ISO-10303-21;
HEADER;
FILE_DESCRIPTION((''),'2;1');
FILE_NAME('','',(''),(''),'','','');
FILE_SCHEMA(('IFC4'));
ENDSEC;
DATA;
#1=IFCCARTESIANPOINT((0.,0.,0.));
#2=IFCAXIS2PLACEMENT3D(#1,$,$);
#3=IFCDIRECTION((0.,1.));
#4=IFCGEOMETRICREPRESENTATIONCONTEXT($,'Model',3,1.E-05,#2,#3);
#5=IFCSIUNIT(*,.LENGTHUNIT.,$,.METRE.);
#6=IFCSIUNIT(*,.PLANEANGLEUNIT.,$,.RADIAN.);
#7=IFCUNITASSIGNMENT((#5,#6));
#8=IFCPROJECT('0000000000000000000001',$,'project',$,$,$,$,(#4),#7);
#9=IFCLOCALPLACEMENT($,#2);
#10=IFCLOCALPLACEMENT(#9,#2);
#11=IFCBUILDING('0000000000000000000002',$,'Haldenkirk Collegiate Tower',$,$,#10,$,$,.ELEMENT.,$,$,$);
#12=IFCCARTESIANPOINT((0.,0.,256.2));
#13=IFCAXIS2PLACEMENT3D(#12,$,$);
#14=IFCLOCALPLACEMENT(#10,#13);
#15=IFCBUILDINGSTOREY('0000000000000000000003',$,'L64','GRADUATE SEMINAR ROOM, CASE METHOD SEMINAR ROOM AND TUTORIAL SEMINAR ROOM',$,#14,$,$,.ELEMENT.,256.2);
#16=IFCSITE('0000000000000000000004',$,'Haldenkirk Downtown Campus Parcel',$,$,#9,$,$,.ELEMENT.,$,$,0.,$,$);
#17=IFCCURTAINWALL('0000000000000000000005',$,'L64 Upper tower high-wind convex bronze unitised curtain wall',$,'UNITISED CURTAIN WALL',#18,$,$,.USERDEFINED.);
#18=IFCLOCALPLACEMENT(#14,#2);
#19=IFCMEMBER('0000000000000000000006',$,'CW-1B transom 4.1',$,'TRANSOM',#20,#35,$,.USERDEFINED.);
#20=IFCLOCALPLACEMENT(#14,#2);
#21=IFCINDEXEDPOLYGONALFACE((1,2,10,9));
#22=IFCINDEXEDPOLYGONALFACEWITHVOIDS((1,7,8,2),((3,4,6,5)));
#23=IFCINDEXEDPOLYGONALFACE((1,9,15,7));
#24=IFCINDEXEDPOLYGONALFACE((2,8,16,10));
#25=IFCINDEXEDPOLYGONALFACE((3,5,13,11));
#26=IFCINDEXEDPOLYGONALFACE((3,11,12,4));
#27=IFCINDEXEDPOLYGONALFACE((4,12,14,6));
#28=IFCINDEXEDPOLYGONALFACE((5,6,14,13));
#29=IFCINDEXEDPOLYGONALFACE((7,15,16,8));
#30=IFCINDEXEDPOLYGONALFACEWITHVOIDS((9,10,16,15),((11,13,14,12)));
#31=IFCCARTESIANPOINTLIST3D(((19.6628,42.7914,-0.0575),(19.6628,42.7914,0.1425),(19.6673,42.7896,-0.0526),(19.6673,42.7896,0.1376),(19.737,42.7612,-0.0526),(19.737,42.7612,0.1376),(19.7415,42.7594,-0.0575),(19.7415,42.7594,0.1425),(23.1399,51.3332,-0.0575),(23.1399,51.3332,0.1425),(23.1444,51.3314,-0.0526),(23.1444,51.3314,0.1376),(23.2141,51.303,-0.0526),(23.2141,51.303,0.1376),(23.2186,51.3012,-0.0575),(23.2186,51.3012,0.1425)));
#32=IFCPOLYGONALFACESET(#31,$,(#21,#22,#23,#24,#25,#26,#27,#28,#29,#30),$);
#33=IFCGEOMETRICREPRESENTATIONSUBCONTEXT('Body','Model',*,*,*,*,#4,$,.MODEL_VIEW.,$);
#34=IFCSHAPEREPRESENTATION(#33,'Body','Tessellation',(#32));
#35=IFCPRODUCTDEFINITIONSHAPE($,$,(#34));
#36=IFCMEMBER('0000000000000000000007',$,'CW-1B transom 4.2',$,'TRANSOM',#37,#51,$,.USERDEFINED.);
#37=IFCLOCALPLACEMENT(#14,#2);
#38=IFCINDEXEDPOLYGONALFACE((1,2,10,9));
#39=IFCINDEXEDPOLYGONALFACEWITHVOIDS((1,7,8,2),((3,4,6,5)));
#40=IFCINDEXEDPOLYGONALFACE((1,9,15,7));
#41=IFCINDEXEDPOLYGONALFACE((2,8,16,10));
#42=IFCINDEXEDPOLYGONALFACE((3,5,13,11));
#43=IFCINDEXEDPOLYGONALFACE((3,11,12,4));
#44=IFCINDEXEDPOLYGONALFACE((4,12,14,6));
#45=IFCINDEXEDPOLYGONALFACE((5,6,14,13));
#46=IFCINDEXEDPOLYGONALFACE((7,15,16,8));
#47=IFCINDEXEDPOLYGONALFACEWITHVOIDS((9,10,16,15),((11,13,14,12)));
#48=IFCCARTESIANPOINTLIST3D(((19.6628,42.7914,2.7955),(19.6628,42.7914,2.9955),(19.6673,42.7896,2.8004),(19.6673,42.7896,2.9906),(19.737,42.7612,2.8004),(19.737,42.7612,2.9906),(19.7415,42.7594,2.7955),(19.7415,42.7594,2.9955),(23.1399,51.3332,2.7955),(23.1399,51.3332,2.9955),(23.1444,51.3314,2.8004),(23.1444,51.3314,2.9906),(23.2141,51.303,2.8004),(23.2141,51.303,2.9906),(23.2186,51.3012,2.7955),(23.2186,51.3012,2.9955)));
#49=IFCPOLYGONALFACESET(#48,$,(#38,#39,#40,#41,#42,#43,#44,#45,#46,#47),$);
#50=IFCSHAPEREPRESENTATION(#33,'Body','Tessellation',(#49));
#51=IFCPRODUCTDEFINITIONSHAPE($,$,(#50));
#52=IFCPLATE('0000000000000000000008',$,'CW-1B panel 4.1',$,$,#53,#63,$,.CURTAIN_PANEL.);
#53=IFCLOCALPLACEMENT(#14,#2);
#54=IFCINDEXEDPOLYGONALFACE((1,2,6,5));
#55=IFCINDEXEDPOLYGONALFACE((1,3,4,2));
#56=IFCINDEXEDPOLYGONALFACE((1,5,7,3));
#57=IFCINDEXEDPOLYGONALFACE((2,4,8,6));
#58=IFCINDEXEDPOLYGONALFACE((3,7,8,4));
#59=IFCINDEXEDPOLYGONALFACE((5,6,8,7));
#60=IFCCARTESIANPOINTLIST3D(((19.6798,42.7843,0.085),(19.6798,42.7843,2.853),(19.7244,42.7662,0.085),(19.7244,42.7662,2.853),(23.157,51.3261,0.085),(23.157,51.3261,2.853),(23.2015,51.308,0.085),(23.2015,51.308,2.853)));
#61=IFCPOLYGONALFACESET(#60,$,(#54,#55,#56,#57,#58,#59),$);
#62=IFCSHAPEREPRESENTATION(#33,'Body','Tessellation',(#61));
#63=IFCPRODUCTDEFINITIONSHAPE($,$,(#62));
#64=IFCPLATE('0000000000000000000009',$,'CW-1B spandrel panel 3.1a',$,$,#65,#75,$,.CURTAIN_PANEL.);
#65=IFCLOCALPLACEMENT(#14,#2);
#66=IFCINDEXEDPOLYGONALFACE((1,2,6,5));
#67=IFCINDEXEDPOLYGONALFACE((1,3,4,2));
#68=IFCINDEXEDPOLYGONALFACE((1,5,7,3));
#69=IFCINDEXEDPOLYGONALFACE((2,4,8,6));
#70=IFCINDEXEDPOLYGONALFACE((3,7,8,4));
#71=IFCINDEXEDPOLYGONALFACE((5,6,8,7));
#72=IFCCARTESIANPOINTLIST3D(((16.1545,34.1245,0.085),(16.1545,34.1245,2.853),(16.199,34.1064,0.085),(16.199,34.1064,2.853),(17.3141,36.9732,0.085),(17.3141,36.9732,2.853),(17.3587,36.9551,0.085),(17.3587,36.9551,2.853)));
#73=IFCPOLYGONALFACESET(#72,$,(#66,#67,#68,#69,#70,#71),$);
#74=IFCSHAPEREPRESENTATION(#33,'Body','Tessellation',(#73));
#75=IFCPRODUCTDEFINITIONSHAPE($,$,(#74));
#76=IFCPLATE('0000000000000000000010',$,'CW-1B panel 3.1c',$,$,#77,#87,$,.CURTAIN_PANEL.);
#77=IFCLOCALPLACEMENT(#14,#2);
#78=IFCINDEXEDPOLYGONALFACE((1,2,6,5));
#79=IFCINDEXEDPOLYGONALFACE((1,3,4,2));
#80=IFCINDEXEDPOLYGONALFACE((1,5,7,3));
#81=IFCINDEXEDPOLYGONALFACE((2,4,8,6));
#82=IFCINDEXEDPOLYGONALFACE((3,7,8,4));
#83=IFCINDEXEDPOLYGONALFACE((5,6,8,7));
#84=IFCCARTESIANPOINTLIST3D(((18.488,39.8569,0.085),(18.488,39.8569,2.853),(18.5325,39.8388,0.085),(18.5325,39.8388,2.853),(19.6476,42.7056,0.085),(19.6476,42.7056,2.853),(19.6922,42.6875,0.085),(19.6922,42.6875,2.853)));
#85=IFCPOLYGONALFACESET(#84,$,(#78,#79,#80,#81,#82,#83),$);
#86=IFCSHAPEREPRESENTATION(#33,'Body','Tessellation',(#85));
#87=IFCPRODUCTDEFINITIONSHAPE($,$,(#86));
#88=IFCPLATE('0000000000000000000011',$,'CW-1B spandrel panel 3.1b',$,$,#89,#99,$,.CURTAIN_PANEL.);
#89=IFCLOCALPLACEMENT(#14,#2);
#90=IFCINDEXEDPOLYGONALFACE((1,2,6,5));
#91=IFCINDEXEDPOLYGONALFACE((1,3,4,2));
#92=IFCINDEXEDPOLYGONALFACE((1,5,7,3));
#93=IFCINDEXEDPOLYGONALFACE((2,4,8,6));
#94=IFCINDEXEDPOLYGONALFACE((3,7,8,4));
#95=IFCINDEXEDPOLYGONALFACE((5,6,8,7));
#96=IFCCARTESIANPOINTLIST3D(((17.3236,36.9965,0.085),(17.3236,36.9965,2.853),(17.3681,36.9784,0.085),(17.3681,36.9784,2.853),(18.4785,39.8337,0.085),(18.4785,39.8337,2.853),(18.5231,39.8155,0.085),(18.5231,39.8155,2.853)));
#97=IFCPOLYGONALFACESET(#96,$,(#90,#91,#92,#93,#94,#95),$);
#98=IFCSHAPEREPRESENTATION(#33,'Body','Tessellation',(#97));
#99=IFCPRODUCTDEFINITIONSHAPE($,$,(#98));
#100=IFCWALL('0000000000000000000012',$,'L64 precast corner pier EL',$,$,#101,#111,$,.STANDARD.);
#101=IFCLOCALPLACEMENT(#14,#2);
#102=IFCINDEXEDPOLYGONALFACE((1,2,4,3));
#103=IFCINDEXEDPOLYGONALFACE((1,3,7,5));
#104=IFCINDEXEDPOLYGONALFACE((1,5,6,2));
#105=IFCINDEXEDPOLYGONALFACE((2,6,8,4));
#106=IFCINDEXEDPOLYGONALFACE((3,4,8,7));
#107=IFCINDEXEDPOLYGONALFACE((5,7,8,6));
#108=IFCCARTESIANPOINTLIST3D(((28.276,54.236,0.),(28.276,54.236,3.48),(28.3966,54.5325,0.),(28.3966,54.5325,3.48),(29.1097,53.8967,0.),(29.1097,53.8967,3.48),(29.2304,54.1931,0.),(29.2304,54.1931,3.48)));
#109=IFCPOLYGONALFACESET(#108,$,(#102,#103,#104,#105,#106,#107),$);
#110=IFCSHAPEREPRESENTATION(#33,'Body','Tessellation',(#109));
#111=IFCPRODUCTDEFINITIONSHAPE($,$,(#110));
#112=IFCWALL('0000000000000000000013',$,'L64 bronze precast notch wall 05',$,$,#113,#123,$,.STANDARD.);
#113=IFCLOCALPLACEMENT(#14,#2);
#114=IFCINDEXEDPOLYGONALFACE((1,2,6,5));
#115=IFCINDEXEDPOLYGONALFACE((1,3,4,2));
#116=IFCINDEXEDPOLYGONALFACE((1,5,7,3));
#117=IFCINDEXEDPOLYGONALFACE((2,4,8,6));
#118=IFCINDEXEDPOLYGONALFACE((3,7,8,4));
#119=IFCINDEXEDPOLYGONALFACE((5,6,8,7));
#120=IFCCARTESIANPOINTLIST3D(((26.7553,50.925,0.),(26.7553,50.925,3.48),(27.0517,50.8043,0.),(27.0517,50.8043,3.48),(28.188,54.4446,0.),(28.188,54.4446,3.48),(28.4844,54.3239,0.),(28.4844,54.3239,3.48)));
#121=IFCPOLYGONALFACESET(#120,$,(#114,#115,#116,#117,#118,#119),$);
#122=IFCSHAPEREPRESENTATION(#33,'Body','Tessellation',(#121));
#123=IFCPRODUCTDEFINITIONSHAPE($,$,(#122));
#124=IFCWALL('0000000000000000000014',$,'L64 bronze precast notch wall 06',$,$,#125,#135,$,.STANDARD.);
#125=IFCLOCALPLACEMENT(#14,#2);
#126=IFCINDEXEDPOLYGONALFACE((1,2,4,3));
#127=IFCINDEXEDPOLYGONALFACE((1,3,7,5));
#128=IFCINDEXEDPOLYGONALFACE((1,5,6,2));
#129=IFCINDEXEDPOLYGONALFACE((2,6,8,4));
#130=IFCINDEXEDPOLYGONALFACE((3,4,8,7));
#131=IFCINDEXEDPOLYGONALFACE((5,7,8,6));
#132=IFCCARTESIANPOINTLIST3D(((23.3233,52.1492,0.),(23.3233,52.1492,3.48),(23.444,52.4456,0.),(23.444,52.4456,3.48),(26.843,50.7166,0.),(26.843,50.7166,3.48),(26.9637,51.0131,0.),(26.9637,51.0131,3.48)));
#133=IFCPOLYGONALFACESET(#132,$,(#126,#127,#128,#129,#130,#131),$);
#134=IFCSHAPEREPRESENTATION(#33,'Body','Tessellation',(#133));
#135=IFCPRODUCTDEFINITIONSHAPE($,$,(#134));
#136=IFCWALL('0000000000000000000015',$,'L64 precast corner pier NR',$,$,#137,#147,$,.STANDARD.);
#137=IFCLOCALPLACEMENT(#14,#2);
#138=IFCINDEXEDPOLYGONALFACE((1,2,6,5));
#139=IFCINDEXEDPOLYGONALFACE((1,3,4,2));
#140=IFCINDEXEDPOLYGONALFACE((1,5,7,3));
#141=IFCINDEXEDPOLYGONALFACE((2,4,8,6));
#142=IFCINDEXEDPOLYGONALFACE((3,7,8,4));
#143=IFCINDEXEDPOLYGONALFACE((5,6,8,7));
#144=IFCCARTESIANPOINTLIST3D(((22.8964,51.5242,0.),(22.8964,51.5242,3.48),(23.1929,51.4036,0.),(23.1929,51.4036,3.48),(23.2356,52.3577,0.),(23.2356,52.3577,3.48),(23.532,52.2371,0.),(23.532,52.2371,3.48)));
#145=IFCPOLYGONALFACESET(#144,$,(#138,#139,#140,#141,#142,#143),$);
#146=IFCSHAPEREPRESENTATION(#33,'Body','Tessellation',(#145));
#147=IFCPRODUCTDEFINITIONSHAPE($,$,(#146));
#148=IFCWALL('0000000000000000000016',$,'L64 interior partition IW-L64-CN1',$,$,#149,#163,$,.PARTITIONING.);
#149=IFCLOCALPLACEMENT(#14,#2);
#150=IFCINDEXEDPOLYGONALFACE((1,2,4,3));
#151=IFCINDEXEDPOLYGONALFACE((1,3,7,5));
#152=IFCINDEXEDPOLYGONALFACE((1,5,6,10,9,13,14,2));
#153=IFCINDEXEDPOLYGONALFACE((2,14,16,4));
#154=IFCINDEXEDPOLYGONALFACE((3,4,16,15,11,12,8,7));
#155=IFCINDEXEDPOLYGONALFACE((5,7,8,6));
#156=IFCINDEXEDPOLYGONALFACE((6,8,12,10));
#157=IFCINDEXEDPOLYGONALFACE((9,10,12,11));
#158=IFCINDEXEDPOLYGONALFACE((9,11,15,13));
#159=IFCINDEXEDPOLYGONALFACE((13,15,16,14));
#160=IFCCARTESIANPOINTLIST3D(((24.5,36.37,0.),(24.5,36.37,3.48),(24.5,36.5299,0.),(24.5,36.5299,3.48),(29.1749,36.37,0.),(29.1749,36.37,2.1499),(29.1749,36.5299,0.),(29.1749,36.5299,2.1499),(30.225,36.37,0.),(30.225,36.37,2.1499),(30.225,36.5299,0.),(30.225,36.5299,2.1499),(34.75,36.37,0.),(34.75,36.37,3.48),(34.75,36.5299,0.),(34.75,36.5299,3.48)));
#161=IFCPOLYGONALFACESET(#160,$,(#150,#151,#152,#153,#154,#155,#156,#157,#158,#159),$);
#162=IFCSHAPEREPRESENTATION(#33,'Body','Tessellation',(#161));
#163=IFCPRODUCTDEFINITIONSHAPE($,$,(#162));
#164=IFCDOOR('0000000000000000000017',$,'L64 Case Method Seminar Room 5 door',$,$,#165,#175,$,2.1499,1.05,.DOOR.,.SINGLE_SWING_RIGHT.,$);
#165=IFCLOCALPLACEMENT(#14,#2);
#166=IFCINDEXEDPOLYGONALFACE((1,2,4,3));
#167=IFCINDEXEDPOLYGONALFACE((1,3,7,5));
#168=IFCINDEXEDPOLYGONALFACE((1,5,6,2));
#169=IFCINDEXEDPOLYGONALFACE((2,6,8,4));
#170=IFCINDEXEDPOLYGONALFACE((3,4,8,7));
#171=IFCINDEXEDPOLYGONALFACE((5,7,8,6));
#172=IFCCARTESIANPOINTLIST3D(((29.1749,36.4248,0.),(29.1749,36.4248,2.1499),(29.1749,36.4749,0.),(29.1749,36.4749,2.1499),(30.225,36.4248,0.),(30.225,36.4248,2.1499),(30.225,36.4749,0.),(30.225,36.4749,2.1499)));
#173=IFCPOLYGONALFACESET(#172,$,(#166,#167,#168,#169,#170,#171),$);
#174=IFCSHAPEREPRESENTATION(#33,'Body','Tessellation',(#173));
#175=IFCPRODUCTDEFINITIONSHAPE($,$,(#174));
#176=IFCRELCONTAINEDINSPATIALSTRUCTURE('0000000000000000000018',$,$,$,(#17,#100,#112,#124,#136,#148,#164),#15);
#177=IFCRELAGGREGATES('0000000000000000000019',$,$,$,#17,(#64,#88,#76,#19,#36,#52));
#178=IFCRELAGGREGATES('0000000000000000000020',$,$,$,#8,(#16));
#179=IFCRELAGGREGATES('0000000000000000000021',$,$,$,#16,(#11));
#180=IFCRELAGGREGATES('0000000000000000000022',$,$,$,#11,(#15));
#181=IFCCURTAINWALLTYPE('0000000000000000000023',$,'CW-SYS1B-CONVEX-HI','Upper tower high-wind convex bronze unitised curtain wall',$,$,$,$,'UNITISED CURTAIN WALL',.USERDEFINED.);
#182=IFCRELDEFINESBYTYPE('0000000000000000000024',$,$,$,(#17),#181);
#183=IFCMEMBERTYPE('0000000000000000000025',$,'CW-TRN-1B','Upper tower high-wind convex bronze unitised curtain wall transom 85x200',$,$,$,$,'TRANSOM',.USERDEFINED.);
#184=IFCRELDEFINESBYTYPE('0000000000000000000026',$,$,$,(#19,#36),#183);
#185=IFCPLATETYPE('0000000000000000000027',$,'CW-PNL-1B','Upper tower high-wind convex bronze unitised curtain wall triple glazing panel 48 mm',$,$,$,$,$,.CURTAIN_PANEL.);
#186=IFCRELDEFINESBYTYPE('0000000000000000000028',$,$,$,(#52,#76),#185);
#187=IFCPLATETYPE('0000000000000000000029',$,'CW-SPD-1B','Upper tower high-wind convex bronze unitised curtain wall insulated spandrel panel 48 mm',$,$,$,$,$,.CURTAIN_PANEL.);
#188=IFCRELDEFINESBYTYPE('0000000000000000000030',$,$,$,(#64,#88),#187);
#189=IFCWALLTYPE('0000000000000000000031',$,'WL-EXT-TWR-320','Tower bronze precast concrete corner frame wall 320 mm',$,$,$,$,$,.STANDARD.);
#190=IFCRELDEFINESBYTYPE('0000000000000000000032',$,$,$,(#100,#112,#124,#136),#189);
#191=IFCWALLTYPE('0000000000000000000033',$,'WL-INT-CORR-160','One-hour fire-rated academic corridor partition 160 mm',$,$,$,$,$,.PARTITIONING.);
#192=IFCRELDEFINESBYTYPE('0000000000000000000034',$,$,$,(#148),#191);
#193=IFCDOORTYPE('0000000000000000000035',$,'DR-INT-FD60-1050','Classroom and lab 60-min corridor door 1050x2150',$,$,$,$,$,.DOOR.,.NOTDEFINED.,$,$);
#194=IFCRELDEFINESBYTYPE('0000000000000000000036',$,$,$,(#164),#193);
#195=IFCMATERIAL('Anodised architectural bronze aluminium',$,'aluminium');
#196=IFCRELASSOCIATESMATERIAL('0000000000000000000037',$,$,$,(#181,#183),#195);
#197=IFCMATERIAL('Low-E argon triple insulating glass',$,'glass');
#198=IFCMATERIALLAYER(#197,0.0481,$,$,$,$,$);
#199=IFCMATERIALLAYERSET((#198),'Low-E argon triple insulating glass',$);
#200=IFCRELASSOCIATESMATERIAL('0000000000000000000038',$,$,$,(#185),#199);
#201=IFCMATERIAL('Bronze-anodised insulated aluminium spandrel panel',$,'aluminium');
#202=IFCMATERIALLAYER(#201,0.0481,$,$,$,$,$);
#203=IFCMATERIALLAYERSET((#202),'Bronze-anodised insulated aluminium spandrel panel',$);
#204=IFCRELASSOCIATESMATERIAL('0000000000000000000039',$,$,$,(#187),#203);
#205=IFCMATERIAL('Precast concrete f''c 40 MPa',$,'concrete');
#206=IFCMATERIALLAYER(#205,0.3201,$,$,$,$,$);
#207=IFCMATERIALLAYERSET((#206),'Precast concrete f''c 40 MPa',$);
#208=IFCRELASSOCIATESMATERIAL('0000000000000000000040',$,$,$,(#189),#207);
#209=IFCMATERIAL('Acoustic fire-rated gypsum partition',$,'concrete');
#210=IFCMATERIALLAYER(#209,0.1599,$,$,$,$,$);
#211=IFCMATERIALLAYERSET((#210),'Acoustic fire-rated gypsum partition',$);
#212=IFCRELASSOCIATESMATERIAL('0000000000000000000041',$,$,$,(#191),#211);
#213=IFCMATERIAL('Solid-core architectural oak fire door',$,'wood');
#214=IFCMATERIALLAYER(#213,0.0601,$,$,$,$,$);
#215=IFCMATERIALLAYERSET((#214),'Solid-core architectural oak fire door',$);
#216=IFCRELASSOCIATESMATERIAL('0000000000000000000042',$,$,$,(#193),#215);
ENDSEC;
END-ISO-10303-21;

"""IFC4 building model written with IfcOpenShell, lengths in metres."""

from ifc_helpers import new_model, si_unit, direction, frame, frame_2d, origin, origin_2d, place, context, subcontext, project, spatial, rectangle, hollow_rectangle, extrude, source, transform, mapped, material, layer, layer_set, material_profile, profile_set, type_object, element, fill, aggregate, save


model = new_model("IFC4")

# Units and contexts
model_context = context("Model", 3, precision=1e-05, world=origin(), true_north=direction((0.0, 1.0)))
body_context = subcontext(model_context, "Body", "Model", "MODEL_VIEW")
ifc_project = project(units=[si_unit("LENGTHUNIT", "METRE"), si_unit("PLANEANGLEUNIT", "RADIAN")], contexts=[model_context])

# Site, building, storey
site_placement = place(None, origin())
site = spatial("IfcSite", under=ifc_project, at=site_placement, Name="Haldenkirk Downtown Campus Parcel", CompositionType="ELEMENT", RefElevation=0.0)
building_placement = place(site_placement, origin())
building = spatial("IfcBuilding", under=site, at=building_placement, Name="Haldenkirk Collegiate Tower", CompositionType="ELEMENT")
storey_placement = place(building_placement, frame((0.0, 0.0, 256.2)))
storey = spatial("IfcBuildingStorey", under=building, at=storey_placement, Name="L64", Description="GRADUATE SEMINAR ROOM, CASE METHOD SEMINAR ROOM AND TUTORIAL SEMINAR ROOM", CompositionType="ELEMENT", Elevation=256.2)

# Shared definitions
ifc_material_1 = material(Name="Anodised architectural bronze aluminium", Category="aluminium")
curtain_wall_type = type_object("IfcCurtainWallType", Name="CW-SYS1B-CONVEX-HI", Description="Upper tower high-wind convex bronze unitised curtain wall", ElementType="UNITISED CURTAIN WALL", PredefinedType="USERDEFINED", material=ifc_material_1)

# Curtain wall
curtain_wall_1_placement = place(storey_placement, origin())
curtain_wall_1 = element("IfcCurtainWall", 1, at=curtain_wall_1_placement, inside=storey, type_object=curtain_wall_type, Name="L64 Upper tower high-wind convex bronze unitised curtain wall", ObjectType="UNITISED CURTAIN WALL", PredefinedType="USERDEFINED")

# Members
ifc_material_profile_1 = material_profile(ifc_material_1, hollow_rectangle(XDim=0.085, YDim=0.2, WallThickness=0.0049, at=origin_2d()), Name="CW-TRN-1B")
ifc_profile_set_1 = profile_set([ifc_material_profile_1], Name="Anodised architectural bronze aluminium")
member_type_1 = type_object("IfcMemberType", Name="CW-TRN-1B", Description="Upper tower high-wind convex bronze unitised curtain wall transom 85x200", ElementType="TRANSOM", PredefinedType="USERDEFINED", material=ifc_profile_set_1)
member_1_placement = place(storey_placement, frame((19.7021, 42.7754, 0.0425), z_axis=(0.377025, 0.926203, 0.0), x_axis=(-0.926203, 0.377025, 0.0)))
member_1 = element("IfcMember", 2, at=member_1_placement, type_object=member_type_1, Name="CW-1B transom 4.1", ObjectType="TRANSOM", PredefinedType="USERDEFINED", context=body_context, shape_type="SweptSolid", body=[
    extrude(hollow_rectangle(XDim=0.085, YDim=0.2, WallThickness=0.0049, at=origin_2d()), origin(), (0.0, 0.0, 1.0), 9.2224),
])
member_2_placement = place(storey_placement, frame((19.7021, 42.7754, 2.8955), z_axis=(0.377025, 0.926203, 0.0), x_axis=(-0.926203, 0.377025, 0.0)))
member_2 = element("IfcMember", 3, at=member_2_placement, type_object=member_type_1, Name="CW-1B transom 4.2", ObjectType="TRANSOM", PredefinedType="USERDEFINED", context=body_context, shape_type="SweptSolid", body=[
    extrude(hollow_rectangle(XDim=0.085, YDim=0.2, WallThickness=0.0049, at=origin_2d()), origin(), (0.0, 0.0, 1.0), 9.2224),
])

# Plates
ifc_material_2 = material(Name="Low-E argon triple insulating glass", Category="glass")
ifc_layer_1 = layer(ifc_material_2, 0.0481)
ifc_layer_set_1 = layer_set([ifc_layer_1], Name="Low-E argon triple insulating glass")
plate_type_1 = type_object("IfcPlateType", Name="CW-PNL-1B", Description="Upper tower high-wind convex bronze unitised curtain wall triple glazing panel 48 mm", PredefinedType="CURTAIN_PANEL", material=ifc_layer_set_1)
shared_shape_1 = source(origin(), body_context, "Body", "SweptSolid", [
    extrude(rectangle(XDim=9.2224, YDim=0.0481, at=origin_2d()), origin(), (0.0, 0.0, 1.0), 2.7681),
])
plate_1_placement = place(storey_placement, frame((21.4407, 47.0461, 0.085), z_axis=(0.0, 0.0, 1.0), x_axis=(0.377035, 0.926199, 0.0)))
plate_1 = element("IfcPlate", 4, at=plate_1_placement, type_object=plate_type_1, Name="CW-1B panel 4.1", PredefinedType="CURTAIN_PANEL", context=body_context, shape_type="MappedRepresentation", body=[
    mapped(shared_shape_1, transform((0.0, 0.0, 0.0), x_axis=(1.0, 0.0, 0.0), y_axis=(0.0, 1.0, 0.0), z_axis=(0.0, 0.0, 1.0), scale=1.0)),
])
ifc_material_3 = material(Name="Bronze-anodised insulated aluminium spandrel panel", Category="aluminium")
ifc_layer_2 = layer(ifc_material_3, 0.0481)
ifc_layer_set_2 = layer_set([ifc_layer_2], Name="Bronze-anodised insulated aluminium spandrel panel")
plate_type_2 = type_object("IfcPlateType", Name="CW-SPD-1B", Description="Upper tower high-wind convex bronze unitised curtain wall insulated spandrel panel 48 mm", PredefinedType="CURTAIN_PANEL", material=ifc_layer_set_2)
shared_shape_2 = source(origin(), body_context, "Body", "SweptSolid", [
    extrude(rectangle(XDim=3.0757, YDim=0.0481, at=origin_2d()), origin(), (0.0, 0.0, 1.0), 2.7681),
])
plate_2_placement = place(storey_placement, frame((16.7566, 35.5398, 0.085), z_axis=(0.0, 0.0, 1.0), x_axis=(0.377035, 0.926199, 0.0)))
plate_2 = element("IfcPlate", 5, at=plate_2_placement, type_object=plate_type_2, Name="CW-1B spandrel panel 3.1a", PredefinedType="CURTAIN_PANEL", context=body_context, shape_type="MappedRepresentation", body=[
    mapped(shared_shape_2, transform((0.0, 0.0, 0.0), x_axis=(1.0, 0.0, 0.0), y_axis=(0.0, 1.0, 0.0), z_axis=(0.0, 0.0, 1.0), scale=1.0)),
])
plate_3_placement = place(storey_placement, frame((19.0901, 41.2722, 0.085), z_axis=(0.0, 0.0, 1.0), x_axis=(0.377035, 0.926199, 0.0)))
plate_3 = element("IfcPlate", 6, at=plate_3_placement, type_object=plate_type_1, Name="CW-1B panel 3.1c", PredefinedType="CURTAIN_PANEL", context=body_context, shape_type="MappedRepresentation", body=[
    mapped(shared_shape_2, transform((0.0, 0.0, 0.0), x_axis=(1.0, 0.0, 0.0), y_axis=(0.0, 1.0, 0.0), z_axis=(0.0, 0.0, 1.0), scale=1.0)),
])
shared_shape_3 = source(origin(), body_context, "Body", "SweptSolid", [
    extrude(rectangle(XDim=3.0632, YDim=0.0481, at=origin_2d()), origin(), (0.0, 0.0, 1.0), 2.7681),
])
plate_4_placement = place(storey_placement, frame((17.9233, 38.406, 0.085), z_axis=(0.0, 0.0, 1.0), x_axis=(0.377035, 0.926199, 0.0)))
plate_4 = element("IfcPlate", 7, at=plate_4_placement, type_object=plate_type_2, Name="CW-1B spandrel panel 3.1b", PredefinedType="CURTAIN_PANEL", context=body_context, shape_type="MappedRepresentation", body=[
    mapped(shared_shape_3, transform((0.0, 0.0, 0.0), x_axis=(1.0, 0.0, 0.0), y_axis=(0.0, 1.0, 0.0), z_axis=(0.0, 0.0, 1.0), scale=1.0)),
])
aggregate(curtain_wall_1, [plate_2, plate_4, plate_3, member_1, member_2, plate_1])

# Walls
ifc_material_4 = material(Name="Precast concrete f'c 40 MPa", Category="concrete")
ifc_layer_3 = layer(ifc_material_4, 0.3201)
ifc_layer_set_3 = layer_set([ifc_layer_3], Name="Precast concrete f'c 40 MPa")
wall_type_1 = type_object("IfcWallType", Name="WL-EXT-TWR-320", Description="Tower bronze precast concrete corner frame wall 320 mm", PredefinedType="STANDARD", material=ifc_layer_set_3)
wall_1_placement = place(storey_placement, frame((28.3362, 54.3843, 0.0), z_axis=(0.0, 0.0, 1.0), x_axis=(0.926215, -0.376995, 0.0)))
element("IfcWall", 8, at=wall_1_placement, inside=storey, type_object=wall_type_1, Name="L64 precast corner pier EL", PredefinedType="STANDARD", context=body_context, shape_type="SweptSolid", body=[
    extrude(rectangle(XDim=0.9001, YDim=0.3201, at=frame_2d((0.4502, 0.0))), origin(), (0.0, 0.0, 1.0), 3.48),
])
for number, where, z_axis, x_axis, name in (
    (9, (26.9036, 50.8647, 0.0), (0.0, 0.0, 1.0), (0.377011, 0.926209, 0.0), "L64 bronze precast notch wall 05"),
    (10, (23.3838, 52.2974, 0.0), (0.0, 0.0, 1.0), (0.926218, -0.376989, 0.0), "L64 bronze precast notch wall 06"),
):
    element("IfcWall", number, at=place(storey_placement, frame(where, z_axis=z_axis, x_axis=x_axis)), inside=storey, type_object=wall_type_1, Name=name, PredefinedType="STANDARD", context=body_context, shape_type="SweptSolid", body=[
        extrude(rectangle(XDim=3.8, YDim=0.3201, at=frame_2d((1.8999, 0.0))), origin(), (0.0, 0.0, 1.0), 3.48),
    ])
wall_2_placement = place(storey_placement, frame((23.0447, 51.4639, 0.0), z_axis=(0.0, 0.0, 1.0), x_axis=(0.376857, 0.926271, 0.0)))
element("IfcWall", 11, at=wall_2_placement, inside=storey, type_object=wall_type_1, Name="L64 precast corner pier NR", PredefinedType="STANDARD", context=body_context, shape_type="SweptSolid", body=[
    extrude(rectangle(XDim=0.8999, YDim=0.3201, at=frame_2d((0.45, 0.0))), origin(), (0.0, 0.0, 1.0), 3.48),
])

# Wall, opening, door
ifc_material_5 = material(Name="Acoustic fire-rated gypsum partition", Category="concrete")
ifc_layer_4 = layer(ifc_material_5, 0.1599)
ifc_layer_set_4 = layer_set([ifc_layer_4], Name="Acoustic fire-rated gypsum partition")
wall_type_2 = type_object("IfcWallType", Name="WL-INT-CORR-160", Description="One-hour fire-rated academic corridor partition 160 mm", PredefinedType="PARTITIONING", material=ifc_layer_set_4)
wall_3_placement = place(storey_placement, frame((24.5, 36.45, 0.0), z_axis=(0.0, 0.0, 1.0), x_axis=(1.0, 0.0, 0.0)))
wall_3 = element("IfcWall", 12, at=wall_3_placement, inside=storey, type_object=wall_type_2, Name="L64 interior partition IW-L64-CN1", PredefinedType="PARTITIONING", context=body_context, shape_type="SweptSolid", body=[
    extrude(rectangle(XDim=10.25, YDim=0.1599, at=frame_2d((5.125, 0.0))), origin(), (0.0, 0.0, 1.0), 3.48),
])
opening_1_placement = place(wall_3_placement, frame((4.675, 0.0, 0.0)))
opening_1 = element("IfcOpeningElement", 13, at=opening_1_placement, cuts=wall_3, PredefinedType="OPENING", context=body_context, shape_type="SweptSolid", body=[
    extrude(rectangle(XDim=1.05, YDim=2.1499, at=frame_2d((0.5249, 1.075))), frame((0.0, 0.0898, 0.0), z_axis=(0.0, -1.0, 0.0), x_axis=(1.0, 0.0, 0.0)), (0.0, 0.0, 1.0), 0.1799),
])
ifc_material_6 = material(Name="Solid-core architectural oak fire door", Category="wood")
ifc_layer_5 = layer(ifc_material_6, 0.0601)
ifc_layer_set_5 = layer_set([ifc_layer_5], Name="Solid-core architectural oak fire door")
door_type_1 = type_object("IfcDoorType", Name="DR-INT-FD60-1050", Description="Classroom and lab 60-min corridor door 1050x2150", OperationType="NOTDEFINED", PredefinedType="DOOR", material=ifc_layer_set_5)
door_1_placement = place(opening_1_placement, origin())
door_1 = element("IfcDoor", 14, at=door_1_placement, inside=storey, type_object=door_type_1, Name="L64 Case Method Seminar Room 5 door", OperationType="SINGLE_SWING_RIGHT", OverallHeight=2.1499, OverallWidth=1.05, PredefinedType="DOOR", context=body_context, shape_type="SweptSolid", body=[
    extrude(rectangle(XDim=1.05, YDim=2.1499, at=frame_2d((0.5249, 1.075))), frame((0.0, 0.0249, 0.0), z_axis=(0.0, -1.0, 0.0), x_axis=(1.0, 0.0, 0.0)), (0.0, 0.0, 1.0), 0.05),
])
fill(opening_1, door_1)

save(model, "model.ifc")
